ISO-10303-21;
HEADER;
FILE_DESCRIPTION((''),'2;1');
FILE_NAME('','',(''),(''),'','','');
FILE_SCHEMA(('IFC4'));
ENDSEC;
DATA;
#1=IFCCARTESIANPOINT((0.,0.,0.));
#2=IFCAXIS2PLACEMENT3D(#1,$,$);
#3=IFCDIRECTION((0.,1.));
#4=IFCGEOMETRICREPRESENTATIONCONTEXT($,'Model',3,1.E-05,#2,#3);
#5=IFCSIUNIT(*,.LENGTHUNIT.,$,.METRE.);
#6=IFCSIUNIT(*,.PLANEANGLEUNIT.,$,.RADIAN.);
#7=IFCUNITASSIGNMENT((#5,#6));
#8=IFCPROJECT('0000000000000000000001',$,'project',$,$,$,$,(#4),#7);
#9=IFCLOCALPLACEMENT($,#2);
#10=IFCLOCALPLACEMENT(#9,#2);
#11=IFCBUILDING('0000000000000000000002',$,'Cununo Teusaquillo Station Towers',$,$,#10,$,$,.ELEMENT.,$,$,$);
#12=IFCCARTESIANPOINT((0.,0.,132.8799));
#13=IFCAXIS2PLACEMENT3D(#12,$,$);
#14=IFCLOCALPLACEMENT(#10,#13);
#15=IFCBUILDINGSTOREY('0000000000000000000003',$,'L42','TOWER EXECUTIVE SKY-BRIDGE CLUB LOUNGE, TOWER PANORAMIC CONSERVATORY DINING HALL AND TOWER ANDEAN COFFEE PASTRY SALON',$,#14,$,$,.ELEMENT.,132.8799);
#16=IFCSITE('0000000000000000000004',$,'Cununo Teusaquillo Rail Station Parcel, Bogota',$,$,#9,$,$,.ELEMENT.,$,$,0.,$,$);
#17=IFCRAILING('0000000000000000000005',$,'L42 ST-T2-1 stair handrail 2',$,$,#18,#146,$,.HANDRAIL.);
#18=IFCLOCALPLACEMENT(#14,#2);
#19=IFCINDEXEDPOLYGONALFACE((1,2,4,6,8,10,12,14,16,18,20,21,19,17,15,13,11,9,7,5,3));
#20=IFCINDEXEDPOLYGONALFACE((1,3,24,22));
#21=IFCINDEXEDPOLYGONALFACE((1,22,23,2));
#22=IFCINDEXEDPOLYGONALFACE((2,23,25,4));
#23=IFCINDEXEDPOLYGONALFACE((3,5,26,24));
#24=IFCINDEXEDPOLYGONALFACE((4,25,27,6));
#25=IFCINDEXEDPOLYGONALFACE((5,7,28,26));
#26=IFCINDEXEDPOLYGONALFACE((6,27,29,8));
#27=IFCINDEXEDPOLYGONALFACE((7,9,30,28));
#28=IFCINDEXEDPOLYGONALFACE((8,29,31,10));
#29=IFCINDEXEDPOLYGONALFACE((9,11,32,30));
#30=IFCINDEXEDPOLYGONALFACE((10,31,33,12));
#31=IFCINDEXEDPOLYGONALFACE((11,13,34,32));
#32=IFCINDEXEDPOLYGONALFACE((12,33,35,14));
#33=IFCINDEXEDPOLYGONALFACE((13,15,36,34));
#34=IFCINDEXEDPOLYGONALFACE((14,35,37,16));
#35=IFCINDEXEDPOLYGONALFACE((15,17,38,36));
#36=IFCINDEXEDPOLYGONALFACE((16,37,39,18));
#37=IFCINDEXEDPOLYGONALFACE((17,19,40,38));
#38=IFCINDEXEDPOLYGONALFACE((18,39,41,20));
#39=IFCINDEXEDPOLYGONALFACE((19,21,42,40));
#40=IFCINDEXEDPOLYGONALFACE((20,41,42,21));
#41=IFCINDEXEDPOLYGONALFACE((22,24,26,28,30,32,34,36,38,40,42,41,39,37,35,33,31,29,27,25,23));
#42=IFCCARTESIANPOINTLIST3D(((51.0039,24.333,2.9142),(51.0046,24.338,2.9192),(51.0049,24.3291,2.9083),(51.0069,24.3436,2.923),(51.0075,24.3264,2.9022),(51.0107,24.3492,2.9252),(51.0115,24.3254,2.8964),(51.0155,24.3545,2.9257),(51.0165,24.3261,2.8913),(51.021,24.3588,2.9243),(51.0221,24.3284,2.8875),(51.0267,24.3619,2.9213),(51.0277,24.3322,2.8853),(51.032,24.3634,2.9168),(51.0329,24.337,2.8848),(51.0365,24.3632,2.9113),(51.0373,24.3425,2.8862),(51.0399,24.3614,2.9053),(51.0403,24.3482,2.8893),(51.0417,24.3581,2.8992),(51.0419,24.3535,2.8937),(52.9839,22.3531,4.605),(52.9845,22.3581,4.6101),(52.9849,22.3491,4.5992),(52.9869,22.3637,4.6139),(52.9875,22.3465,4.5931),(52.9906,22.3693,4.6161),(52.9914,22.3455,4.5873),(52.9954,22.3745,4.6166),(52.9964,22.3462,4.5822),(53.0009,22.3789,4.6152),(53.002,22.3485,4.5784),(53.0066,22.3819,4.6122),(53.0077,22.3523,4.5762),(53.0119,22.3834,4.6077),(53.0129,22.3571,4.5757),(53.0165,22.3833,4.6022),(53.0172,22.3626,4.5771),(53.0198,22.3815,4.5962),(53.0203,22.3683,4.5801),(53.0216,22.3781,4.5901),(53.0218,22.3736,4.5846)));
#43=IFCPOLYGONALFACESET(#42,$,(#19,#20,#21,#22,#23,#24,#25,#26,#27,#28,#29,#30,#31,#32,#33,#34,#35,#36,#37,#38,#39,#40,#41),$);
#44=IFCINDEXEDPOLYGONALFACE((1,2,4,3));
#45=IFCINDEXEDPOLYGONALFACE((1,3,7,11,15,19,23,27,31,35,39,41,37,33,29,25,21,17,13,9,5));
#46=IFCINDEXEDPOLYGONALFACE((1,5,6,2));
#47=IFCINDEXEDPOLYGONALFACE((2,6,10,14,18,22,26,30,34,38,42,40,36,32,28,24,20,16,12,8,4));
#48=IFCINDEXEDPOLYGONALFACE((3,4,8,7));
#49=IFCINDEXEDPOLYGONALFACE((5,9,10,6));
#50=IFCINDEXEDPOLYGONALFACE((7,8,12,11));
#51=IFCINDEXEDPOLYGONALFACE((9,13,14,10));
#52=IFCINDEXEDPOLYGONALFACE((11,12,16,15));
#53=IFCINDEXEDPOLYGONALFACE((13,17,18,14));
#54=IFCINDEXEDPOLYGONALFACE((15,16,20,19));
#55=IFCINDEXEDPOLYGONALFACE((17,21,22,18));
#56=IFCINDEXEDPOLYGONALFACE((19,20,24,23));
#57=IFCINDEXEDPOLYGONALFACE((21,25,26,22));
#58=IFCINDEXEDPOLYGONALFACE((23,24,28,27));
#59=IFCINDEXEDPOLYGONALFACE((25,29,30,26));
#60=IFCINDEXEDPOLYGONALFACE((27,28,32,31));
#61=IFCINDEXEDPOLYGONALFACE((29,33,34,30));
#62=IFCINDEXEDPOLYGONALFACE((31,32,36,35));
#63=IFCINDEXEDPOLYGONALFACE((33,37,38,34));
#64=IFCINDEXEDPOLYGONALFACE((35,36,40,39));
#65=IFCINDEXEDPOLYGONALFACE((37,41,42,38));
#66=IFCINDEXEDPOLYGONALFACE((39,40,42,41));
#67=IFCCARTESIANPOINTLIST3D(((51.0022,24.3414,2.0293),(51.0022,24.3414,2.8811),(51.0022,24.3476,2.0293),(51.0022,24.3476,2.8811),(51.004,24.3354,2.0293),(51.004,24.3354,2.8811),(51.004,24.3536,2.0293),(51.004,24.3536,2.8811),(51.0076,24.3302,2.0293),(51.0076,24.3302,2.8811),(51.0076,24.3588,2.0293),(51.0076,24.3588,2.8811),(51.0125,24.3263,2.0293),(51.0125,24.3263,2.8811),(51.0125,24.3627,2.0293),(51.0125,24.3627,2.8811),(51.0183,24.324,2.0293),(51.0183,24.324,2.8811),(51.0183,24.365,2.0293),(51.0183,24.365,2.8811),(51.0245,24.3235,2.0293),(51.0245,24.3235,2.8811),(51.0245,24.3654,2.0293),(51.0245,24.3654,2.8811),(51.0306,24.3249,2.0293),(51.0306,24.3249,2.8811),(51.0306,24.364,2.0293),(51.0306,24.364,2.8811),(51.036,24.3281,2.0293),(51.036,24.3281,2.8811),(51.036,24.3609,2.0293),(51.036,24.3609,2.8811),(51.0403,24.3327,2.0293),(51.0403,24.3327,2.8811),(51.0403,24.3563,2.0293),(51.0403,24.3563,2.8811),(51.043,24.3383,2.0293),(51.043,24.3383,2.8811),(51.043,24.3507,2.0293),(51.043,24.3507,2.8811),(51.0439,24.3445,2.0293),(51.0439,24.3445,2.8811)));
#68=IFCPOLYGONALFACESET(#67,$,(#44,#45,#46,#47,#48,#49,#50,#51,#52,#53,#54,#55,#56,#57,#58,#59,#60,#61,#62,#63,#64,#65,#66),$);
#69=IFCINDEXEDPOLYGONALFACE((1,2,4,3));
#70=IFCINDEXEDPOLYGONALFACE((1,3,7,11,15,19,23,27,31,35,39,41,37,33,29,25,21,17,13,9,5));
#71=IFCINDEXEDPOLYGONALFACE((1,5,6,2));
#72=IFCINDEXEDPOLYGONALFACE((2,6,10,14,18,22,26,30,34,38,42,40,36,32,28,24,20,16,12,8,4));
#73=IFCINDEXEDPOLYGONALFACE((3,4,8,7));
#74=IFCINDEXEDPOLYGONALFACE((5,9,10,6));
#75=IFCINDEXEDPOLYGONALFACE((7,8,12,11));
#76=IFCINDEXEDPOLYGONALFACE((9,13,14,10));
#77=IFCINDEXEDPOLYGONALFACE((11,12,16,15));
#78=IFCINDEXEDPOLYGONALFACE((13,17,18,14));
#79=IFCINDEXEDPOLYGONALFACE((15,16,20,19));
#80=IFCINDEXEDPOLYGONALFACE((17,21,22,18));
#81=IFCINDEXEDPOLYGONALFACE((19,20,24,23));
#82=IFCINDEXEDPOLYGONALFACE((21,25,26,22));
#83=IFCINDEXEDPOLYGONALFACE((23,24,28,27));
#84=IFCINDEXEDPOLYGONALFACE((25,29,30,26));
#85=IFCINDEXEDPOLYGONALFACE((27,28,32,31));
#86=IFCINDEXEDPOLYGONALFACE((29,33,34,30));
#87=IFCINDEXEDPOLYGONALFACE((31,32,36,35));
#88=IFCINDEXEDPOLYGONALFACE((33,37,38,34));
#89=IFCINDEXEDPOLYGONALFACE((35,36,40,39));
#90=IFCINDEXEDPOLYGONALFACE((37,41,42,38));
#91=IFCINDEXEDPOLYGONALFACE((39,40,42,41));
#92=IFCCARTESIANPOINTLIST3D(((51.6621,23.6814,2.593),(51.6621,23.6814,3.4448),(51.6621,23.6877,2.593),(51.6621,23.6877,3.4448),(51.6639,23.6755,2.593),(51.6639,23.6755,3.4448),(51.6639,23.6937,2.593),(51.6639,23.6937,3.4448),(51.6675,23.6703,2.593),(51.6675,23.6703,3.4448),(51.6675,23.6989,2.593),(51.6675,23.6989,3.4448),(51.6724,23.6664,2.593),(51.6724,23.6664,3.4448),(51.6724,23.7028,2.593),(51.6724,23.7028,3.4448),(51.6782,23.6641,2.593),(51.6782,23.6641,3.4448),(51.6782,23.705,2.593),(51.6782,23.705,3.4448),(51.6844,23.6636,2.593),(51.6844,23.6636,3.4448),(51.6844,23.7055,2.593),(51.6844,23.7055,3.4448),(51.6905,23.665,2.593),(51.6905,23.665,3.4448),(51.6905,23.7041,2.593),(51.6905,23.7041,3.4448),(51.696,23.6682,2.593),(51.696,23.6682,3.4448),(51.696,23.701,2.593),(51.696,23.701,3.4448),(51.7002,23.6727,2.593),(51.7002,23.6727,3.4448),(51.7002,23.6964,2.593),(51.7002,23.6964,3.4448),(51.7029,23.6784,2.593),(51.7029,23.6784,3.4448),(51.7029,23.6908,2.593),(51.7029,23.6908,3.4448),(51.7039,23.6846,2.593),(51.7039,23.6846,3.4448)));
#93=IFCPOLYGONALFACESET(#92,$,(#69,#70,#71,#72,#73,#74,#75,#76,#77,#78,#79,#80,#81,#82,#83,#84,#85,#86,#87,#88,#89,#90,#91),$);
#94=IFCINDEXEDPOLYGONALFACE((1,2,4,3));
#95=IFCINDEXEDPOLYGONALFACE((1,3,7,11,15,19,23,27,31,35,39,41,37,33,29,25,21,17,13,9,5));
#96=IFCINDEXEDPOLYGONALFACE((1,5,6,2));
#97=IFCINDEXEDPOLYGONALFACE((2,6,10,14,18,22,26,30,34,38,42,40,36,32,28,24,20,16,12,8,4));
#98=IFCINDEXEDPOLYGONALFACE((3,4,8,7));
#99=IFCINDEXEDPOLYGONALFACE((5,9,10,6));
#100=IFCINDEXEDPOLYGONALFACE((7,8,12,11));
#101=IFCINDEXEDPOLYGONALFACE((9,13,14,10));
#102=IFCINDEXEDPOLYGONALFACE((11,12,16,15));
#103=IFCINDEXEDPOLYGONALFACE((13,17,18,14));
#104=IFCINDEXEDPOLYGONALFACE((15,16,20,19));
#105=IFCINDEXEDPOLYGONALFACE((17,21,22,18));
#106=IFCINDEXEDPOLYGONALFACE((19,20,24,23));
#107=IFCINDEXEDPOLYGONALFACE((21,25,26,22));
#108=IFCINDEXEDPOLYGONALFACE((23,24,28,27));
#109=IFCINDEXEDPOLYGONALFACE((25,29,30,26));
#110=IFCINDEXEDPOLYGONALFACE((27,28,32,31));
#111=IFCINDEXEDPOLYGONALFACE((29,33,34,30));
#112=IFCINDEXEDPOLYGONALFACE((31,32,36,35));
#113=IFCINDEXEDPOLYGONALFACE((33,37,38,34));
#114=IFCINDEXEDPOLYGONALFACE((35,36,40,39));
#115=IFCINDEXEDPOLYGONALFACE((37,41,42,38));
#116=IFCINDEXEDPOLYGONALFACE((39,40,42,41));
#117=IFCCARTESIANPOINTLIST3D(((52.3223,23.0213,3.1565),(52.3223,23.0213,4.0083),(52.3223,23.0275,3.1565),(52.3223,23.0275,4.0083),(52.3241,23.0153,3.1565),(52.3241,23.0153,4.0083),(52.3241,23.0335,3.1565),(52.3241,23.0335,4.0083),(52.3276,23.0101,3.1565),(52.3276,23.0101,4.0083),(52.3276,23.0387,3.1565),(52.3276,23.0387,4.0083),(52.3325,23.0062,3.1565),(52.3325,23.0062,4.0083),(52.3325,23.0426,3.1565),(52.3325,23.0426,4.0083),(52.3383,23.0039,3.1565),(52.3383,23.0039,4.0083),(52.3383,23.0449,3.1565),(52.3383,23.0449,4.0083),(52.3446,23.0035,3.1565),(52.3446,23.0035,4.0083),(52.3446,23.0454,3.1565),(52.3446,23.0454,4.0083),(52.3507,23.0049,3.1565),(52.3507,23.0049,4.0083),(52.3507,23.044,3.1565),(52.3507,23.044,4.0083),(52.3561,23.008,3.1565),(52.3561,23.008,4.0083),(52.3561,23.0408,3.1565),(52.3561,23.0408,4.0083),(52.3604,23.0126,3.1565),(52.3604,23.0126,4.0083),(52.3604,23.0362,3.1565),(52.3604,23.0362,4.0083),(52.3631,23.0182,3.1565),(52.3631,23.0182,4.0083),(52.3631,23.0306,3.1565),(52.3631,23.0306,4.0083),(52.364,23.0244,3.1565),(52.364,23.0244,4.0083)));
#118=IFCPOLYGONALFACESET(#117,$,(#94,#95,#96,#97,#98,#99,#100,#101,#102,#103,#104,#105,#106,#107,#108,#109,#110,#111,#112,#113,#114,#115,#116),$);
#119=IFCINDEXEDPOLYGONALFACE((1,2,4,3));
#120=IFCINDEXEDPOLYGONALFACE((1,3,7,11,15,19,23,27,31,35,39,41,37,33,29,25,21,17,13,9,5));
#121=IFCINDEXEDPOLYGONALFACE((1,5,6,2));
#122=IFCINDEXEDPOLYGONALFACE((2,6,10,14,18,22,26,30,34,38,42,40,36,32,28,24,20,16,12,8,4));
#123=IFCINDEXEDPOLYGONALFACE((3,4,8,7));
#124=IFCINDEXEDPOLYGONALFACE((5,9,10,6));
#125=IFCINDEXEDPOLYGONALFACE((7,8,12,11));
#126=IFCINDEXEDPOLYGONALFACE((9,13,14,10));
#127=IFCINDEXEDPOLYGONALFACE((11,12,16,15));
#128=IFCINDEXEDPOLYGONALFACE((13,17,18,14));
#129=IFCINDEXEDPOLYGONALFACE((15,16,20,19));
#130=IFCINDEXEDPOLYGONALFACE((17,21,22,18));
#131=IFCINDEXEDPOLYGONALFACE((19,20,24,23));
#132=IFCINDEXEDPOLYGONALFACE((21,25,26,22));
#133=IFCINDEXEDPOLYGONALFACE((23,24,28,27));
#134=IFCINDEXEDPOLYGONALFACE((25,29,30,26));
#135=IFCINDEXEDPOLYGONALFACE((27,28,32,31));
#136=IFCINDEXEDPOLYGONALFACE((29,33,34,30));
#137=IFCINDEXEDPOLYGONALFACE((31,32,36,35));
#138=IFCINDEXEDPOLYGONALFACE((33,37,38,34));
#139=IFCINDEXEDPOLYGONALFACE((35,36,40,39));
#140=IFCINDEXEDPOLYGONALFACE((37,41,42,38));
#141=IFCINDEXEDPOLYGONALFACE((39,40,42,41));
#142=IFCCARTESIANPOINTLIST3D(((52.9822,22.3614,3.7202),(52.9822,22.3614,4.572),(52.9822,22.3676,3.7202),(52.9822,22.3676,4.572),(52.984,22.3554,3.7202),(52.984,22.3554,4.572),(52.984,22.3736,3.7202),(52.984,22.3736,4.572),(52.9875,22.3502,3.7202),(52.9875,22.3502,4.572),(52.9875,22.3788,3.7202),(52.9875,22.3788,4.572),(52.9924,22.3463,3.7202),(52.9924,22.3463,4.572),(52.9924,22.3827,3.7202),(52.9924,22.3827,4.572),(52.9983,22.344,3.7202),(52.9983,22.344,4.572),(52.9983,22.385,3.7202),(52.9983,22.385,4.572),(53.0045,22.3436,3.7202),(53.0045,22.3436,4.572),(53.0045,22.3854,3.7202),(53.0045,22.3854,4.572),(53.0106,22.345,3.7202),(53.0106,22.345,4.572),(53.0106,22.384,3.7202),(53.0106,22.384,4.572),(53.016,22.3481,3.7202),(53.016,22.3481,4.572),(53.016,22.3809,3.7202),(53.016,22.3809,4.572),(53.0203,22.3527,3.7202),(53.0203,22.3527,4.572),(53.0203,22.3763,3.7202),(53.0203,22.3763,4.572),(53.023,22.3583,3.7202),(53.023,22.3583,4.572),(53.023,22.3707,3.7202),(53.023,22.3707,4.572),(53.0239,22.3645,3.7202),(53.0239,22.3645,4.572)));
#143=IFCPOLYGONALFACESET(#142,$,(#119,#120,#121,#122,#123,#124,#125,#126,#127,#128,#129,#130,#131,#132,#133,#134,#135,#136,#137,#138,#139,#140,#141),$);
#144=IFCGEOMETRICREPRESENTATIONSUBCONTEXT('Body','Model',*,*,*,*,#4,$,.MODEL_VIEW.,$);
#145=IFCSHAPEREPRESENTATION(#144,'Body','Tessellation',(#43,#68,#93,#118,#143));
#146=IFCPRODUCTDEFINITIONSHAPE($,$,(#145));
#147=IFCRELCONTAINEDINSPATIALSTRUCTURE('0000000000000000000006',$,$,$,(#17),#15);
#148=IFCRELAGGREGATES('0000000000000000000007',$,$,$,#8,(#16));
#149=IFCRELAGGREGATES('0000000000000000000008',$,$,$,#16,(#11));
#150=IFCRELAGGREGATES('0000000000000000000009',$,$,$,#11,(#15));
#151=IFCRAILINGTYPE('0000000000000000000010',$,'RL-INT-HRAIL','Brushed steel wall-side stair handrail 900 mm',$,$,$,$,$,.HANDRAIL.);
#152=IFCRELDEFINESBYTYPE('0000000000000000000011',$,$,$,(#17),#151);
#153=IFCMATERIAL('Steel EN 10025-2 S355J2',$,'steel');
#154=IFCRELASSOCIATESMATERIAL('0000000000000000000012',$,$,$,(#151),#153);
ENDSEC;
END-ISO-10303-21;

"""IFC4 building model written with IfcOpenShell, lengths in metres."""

from ifc_helpers import new_model, si_unit, direction, frame, origin, origin_2d, place, context, subcontext, project, spatial, circle, extrude, material, type_object, element, save


model = new_model("IFC4")

# Units and contexts
model_context = context("Model", 3, precision=1e-05, world=origin(), true_north=direction((0.0, 1.0)))
body_context = subcontext(model_context, "Body", "Model", "MODEL_VIEW")
ifc_project = project(units=[si_unit("LENGTHUNIT", "METRE"), si_unit("PLANEANGLEUNIT", "RADIAN")], contexts=[model_context])

# Site, building, storey
site_placement = place(None, origin())
site = spatial("IfcSite", under=ifc_project, at=site_placement, Name="Cununo Teusaquillo Rail Station Parcel, Bogota", CompositionType="ELEMENT", RefElevation=0.0)
building_placement = place(site_placement, origin())
building = spatial("IfcBuilding", under=site, at=building_placement, Name="Cununo Teusaquillo Station Towers", CompositionType="ELEMENT")
storey_placement = place(building_placement, frame((0.0, 0.0, 132.8799)))
storey = spatial("IfcBuildingStorey", under=building, at=storey_placement, Name="L42", Description="TOWER EXECUTIVE SKY-BRIDGE CLUB LOUNGE, TOWER PANORAMIC CONSERVATORY DINING HALL AND TOWER ANDEAN COFFEE PASTRY SALON", CompositionType="ELEMENT", Elevation=132.8799)

# Railing
ifc_material_1 = material(Name="Steel EN 10025-2 S355J2", Category="steel")
railing_type_1 = type_object("IfcRailingType", Name="RL-INT-HRAIL", Description="Brushed steel wall-side stair handrail 900 mm", PredefinedType="HANDRAIL", material=ifc_material_1)
railing_1_placement = place(storey_placement, frame((51.0229, 24.3445, 2.0293)))
element("IfcRailing", 1, at=railing_1_placement, inside=storey, type_object=railing_type_1, Name="L42 ST-T2-1 stair handrail 2", PredefinedType="HANDRAIL", context=body_context, shape_type="SweptSolid", body=[
    extrude(circle(Radius=0.0239, at=origin_2d()), frame((0.0, 0.0, 0.876), z_axis=(0.605302, -0.605302, 0.516932), x_axis=(0.707107, 0.707107, 0.0)), (0.0, 0.0, 1.0), 3.271),
    extrude(circle(Radius=0.021, at=origin_2d()), origin(), (0.0, 0.0, 1.0), 0.8518),
    extrude(circle(Radius=0.021, at=origin_2d()), frame((0.6599, -0.6599, 0.5637)), (0.0, 0.0, 1.0), 0.8518),
    extrude(circle(Radius=0.021, at=origin_2d()), frame((1.3201, -1.3201, 1.1272)), (0.0, 0.0, 1.0), 0.8518),
    extrude(circle(Radius=0.021, at=origin_2d()), frame((1.98, -1.98, 1.6909)), (0.0, 0.0, 1.0), 0.8518),
])

save(model, "model.ifc")
